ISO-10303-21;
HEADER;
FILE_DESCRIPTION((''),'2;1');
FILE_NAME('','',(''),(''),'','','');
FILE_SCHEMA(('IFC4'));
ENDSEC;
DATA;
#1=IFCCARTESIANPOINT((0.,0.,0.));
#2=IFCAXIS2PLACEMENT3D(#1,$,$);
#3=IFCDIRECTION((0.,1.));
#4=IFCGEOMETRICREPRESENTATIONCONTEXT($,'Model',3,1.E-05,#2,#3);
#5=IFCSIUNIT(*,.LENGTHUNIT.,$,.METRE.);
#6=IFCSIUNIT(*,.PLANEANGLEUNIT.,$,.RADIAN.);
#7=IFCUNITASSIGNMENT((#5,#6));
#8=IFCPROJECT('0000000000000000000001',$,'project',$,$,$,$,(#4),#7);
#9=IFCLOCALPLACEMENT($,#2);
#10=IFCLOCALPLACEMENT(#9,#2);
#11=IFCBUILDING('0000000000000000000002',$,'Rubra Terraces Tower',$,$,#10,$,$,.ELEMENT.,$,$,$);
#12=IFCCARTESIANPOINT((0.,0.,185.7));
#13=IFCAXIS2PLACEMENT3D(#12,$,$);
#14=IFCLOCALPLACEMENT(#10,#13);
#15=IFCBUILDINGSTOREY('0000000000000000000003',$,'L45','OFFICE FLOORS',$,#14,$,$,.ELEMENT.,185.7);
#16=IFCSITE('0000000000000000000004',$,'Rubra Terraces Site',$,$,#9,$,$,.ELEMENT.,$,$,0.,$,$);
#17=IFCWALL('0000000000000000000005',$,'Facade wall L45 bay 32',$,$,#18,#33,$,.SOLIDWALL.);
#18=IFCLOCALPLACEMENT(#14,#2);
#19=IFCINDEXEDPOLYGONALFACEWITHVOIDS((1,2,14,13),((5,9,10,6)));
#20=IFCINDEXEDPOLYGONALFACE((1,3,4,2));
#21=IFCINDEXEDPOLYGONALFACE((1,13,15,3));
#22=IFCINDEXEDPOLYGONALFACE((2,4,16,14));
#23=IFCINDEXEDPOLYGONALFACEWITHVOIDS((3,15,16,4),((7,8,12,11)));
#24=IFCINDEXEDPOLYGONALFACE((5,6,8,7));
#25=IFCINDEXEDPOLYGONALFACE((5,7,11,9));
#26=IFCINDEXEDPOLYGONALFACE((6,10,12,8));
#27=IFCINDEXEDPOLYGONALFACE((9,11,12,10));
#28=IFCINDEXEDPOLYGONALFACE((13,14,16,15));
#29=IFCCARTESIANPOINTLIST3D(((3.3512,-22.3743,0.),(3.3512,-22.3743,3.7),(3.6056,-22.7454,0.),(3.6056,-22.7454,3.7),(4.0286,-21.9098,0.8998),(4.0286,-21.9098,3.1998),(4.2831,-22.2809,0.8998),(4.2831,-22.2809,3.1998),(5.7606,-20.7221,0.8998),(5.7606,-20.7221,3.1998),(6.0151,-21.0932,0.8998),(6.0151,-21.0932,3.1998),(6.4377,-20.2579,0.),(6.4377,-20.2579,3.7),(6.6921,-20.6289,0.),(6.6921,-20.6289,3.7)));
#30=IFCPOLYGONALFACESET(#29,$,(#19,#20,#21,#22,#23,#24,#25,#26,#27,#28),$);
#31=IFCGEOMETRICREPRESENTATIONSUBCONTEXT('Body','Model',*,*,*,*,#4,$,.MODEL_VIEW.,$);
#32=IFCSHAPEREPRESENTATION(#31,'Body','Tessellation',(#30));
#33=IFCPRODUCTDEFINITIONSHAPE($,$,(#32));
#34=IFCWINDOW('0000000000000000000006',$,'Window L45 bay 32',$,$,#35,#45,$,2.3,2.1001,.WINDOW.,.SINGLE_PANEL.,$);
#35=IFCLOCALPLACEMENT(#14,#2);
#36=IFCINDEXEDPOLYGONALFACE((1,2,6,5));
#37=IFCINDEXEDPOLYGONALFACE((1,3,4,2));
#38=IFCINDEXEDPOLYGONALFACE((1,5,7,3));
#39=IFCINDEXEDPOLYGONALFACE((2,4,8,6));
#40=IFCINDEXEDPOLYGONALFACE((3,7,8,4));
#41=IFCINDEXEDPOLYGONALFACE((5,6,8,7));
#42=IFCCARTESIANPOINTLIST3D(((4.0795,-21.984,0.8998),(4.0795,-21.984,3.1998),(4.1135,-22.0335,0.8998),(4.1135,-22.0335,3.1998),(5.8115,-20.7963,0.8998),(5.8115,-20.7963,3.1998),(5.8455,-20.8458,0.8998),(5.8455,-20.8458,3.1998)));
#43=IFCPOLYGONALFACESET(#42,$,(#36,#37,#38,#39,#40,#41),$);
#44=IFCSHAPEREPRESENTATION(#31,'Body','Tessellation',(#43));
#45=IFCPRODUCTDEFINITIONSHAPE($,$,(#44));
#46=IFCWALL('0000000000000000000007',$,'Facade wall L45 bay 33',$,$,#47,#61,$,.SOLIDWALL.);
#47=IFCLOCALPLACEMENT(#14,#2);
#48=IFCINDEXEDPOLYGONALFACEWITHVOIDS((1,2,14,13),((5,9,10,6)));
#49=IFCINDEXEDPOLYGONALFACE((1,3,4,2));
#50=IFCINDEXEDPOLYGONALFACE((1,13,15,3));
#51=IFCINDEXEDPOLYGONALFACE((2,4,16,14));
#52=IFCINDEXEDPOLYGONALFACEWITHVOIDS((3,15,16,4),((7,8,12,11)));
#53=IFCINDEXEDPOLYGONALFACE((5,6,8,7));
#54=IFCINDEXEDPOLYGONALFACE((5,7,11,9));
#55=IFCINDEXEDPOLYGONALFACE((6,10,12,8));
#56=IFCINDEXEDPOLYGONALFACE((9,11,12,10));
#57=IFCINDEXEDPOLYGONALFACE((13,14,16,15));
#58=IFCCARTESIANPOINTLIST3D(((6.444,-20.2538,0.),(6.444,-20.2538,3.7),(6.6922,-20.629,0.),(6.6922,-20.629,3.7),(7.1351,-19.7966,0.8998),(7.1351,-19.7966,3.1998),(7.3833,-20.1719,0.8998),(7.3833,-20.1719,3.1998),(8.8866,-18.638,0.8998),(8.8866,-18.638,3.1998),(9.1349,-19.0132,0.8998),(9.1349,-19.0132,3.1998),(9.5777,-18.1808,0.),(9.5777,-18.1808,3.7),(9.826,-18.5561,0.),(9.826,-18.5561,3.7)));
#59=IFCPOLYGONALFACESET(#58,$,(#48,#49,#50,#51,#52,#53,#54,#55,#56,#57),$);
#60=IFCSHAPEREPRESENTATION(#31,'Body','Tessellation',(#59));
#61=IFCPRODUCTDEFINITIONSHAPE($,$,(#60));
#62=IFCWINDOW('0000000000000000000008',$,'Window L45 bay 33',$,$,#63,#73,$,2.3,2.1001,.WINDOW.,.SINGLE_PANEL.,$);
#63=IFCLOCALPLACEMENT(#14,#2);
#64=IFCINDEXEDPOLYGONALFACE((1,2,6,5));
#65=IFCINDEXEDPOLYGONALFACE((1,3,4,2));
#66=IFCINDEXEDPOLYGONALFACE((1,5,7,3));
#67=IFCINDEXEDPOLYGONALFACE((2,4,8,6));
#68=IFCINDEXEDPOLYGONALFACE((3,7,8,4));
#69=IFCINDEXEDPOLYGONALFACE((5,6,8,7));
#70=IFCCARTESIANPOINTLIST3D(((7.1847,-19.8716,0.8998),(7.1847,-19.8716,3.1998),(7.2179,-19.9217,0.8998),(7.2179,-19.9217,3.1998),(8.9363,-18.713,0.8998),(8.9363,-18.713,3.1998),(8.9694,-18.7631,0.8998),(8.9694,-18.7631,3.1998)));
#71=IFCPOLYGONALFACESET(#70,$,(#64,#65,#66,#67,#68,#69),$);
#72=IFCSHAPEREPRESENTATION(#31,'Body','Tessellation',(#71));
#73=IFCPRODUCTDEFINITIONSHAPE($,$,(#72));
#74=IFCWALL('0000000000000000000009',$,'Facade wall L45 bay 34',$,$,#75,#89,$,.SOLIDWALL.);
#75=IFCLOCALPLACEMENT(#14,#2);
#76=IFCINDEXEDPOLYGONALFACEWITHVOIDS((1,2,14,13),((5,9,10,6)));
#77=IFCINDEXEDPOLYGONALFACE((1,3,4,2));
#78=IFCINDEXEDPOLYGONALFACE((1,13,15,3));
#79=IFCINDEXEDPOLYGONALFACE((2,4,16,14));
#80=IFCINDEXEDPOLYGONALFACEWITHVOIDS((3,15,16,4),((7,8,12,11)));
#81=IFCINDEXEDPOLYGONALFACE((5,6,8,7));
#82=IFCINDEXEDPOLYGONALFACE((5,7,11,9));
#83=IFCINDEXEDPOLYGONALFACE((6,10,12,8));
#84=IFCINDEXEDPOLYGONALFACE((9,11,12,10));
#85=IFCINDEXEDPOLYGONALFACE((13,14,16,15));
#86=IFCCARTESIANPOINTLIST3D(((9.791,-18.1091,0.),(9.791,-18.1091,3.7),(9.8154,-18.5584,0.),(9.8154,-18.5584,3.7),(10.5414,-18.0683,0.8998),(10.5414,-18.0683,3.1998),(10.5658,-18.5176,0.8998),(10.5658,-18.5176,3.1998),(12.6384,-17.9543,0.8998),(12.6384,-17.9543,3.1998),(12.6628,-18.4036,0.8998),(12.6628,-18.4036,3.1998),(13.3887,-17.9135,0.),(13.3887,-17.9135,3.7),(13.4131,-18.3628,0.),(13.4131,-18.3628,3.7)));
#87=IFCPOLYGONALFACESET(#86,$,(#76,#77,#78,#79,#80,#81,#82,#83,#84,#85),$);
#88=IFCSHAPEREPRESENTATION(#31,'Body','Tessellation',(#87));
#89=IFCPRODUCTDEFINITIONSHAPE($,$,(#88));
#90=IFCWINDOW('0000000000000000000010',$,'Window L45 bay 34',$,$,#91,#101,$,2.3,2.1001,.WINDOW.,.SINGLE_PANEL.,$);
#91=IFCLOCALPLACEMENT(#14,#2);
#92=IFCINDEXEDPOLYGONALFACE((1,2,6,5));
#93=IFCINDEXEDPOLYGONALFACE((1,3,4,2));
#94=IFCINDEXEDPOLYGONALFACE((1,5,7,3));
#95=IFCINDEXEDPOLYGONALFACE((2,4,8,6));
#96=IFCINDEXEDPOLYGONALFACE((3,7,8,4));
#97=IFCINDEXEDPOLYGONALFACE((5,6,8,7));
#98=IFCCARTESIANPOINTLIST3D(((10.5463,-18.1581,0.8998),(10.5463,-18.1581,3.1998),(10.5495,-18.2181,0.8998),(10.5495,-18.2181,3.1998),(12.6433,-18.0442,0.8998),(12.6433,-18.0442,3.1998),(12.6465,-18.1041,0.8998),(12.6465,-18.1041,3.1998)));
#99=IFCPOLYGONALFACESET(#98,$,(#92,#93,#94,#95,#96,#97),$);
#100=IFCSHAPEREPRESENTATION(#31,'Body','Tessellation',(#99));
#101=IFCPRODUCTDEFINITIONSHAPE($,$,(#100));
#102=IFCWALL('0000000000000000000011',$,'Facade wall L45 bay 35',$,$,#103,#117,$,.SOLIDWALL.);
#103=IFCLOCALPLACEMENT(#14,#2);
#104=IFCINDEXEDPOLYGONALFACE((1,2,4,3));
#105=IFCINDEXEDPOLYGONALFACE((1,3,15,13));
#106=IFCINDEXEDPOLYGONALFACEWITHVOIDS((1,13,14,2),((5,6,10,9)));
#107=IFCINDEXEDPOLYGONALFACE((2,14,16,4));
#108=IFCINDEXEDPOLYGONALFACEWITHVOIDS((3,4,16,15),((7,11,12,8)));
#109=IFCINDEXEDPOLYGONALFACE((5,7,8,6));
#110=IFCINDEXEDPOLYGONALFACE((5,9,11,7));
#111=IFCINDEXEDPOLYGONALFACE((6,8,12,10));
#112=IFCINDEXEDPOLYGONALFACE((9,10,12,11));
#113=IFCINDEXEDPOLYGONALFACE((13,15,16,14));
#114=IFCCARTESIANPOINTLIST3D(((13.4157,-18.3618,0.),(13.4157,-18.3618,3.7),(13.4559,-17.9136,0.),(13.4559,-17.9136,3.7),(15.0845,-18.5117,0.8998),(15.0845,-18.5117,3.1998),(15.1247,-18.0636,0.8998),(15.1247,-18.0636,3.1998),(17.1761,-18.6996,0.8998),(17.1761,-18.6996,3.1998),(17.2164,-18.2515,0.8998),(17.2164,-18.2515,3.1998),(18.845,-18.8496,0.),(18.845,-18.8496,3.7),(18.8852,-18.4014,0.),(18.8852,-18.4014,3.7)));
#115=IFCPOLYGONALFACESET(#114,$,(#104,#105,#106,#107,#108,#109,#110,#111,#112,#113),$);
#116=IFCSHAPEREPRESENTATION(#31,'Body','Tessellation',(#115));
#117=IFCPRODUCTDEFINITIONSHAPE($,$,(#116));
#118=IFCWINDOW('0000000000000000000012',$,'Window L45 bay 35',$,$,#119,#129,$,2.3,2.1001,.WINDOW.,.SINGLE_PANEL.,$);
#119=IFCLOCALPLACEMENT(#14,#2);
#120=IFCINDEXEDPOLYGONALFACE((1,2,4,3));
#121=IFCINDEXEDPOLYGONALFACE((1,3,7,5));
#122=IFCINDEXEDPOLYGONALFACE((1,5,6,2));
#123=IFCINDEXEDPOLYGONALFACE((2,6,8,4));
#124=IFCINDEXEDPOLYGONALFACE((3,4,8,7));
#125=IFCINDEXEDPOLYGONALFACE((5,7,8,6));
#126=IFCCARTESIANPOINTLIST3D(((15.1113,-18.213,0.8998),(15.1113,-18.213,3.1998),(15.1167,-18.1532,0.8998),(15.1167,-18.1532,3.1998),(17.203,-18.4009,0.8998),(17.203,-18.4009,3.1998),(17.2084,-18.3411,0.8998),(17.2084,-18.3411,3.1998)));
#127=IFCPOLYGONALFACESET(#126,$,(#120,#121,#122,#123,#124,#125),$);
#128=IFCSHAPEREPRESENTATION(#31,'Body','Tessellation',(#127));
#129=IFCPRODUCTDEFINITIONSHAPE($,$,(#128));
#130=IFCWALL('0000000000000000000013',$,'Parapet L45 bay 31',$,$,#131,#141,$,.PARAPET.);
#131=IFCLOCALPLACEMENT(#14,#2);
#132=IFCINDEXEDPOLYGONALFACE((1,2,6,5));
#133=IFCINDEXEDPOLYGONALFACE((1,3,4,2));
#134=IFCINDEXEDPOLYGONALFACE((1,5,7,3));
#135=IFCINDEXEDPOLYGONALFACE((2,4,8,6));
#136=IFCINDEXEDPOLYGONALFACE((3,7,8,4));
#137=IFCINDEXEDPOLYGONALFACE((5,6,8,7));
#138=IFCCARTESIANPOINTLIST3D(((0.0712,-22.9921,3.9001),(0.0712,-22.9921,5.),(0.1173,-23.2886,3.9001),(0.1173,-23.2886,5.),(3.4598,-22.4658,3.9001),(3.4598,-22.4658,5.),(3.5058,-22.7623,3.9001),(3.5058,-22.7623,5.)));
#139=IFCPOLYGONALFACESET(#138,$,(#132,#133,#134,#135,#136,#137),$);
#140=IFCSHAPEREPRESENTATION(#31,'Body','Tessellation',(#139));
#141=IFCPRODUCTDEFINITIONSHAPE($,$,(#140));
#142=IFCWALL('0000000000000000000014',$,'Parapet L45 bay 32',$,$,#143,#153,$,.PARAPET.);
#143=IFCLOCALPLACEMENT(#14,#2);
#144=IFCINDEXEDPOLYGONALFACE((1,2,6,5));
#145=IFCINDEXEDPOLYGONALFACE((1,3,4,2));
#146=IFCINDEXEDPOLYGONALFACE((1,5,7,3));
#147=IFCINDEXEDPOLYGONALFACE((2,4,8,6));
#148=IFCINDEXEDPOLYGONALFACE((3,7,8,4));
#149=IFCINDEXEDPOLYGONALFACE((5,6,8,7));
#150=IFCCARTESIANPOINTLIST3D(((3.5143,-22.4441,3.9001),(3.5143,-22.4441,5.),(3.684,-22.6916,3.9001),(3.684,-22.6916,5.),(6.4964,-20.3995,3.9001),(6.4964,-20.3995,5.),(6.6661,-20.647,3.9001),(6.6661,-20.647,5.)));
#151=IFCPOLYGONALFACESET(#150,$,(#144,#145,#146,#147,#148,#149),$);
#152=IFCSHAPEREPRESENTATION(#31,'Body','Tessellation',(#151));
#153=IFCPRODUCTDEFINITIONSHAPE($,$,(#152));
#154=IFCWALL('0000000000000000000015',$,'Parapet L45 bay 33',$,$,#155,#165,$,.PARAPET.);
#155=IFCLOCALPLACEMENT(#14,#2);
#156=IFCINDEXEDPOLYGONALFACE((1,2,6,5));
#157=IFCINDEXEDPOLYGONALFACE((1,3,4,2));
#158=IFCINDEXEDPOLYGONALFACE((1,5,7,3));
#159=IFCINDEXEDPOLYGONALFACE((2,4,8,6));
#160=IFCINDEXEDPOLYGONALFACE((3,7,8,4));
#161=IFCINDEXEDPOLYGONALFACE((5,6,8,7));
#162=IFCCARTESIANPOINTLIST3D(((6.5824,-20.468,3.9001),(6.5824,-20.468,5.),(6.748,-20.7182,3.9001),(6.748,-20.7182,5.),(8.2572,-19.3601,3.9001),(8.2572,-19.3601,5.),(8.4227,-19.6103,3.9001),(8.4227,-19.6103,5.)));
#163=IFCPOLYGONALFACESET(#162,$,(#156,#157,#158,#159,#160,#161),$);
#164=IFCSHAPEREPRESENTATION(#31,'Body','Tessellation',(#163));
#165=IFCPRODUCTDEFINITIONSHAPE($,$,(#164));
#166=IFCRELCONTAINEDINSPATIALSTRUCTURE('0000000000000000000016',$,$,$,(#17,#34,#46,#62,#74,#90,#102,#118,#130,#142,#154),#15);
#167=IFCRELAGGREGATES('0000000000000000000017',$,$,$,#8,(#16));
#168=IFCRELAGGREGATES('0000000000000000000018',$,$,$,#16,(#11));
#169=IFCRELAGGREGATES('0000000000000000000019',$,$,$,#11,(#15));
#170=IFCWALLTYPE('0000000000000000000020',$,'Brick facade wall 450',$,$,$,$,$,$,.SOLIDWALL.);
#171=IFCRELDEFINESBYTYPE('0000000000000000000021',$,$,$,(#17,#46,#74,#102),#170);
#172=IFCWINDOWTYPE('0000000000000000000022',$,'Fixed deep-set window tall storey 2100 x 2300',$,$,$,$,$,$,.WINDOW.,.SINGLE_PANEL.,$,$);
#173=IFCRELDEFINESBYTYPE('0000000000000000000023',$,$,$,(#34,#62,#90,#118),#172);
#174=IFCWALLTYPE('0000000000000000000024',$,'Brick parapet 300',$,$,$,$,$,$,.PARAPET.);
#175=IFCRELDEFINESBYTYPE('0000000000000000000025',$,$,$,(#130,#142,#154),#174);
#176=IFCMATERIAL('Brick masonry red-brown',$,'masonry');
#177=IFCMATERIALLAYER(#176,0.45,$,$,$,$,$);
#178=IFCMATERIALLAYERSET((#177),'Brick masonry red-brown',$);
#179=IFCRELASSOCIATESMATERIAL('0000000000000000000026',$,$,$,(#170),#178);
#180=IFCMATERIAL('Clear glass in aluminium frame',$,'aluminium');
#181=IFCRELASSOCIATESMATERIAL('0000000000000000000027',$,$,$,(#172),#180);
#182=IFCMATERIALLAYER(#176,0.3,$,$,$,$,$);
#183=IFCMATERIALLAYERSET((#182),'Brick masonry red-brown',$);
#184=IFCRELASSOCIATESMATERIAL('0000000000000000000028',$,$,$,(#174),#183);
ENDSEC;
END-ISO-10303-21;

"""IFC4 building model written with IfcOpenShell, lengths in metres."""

from ifc_helpers import new_model, si_unit, direction, frame, frame_2d, origin, place, context, subcontext, project, spatial, rectangle, extrude, material, layer, layer_set, type_object, element, fill, save


model = new_model("IFC4")

# Units and contexts
model_context = context("Model", 3, precision=1e-05, world=origin(), true_north=direction((0.0, 1.0)))
body_context = subcontext(model_context, "Body", "Model", "MODEL_VIEW")
ifc_project = project(units=[si_unit("LENGTHUNIT", "METRE"), si_unit("PLANEANGLEUNIT", "RADIAN")], contexts=[model_context])

# Site, building, storey
site_placement = place(None, origin())
site = spatial("IfcSite", under=ifc_project, at=site_placement, Name="Rubra Terraces Site", CompositionType="ELEMENT", RefElevation=0.0)
building_placement = place(site_placement, origin())
building = spatial("IfcBuilding", under=site, at=building_placement, Name="Rubra Terraces Tower", CompositionType="ELEMENT")
storey_placement = place(building_placement, frame((0.0, 0.0, 185.7)))
storey = spatial("IfcBuildingStorey", under=building, at=storey_placement, Name="L45", Description="OFFICE FLOORS", CompositionType="ELEMENT", Elevation=185.7)

# Walls, openings, windows
ifc_material_1 = material(Name="Brick masonry red-brown", Category="masonry")
ifc_layer_1 = layer(ifc_material_1, 0.45)
ifc_layer_set_1 = layer_set([ifc_layer_1], Name="Brick masonry red-brown")
wall_type_1 = type_object("IfcWallType", Name="Brick facade wall 450", PredefinedType="SOLIDWALL", material=ifc_layer_set_1)
wall_1_placement = place(storey_placement, frame((3.4785, -22.5598, 0.0), z_axis=(0.0, 0.0, 1.0), x_axis=(0.824723, 0.565537, 0.0)))
wall_1 = element("IfcWall", 1, at=wall_1_placement, inside=storey, type_object=wall_type_1, Name="Facade wall L45 bay 32", PredefinedType="SOLIDWALL", context=body_context, shape_type="SweptSolid", body=[
    extrude(rectangle(XDim=3.7424, YDim=0.45, at=frame_2d((1.8711, 0.0))), origin(), (0.0, 0.0, 1.0), 3.7),
])
opening_1_placement = place(wall_1_placement, frame((0.8213, 0.0, 0.8999)))
opening_1 = element("IfcOpeningElement", 2, at=opening_1_placement, cuts=wall_1, PredefinedType="OPENING", context=body_context, shape_type="SweptSolid", body=[
    extrude(rectangle(XDim=2.1001, YDim=2.3, at=frame_2d((1.05, 1.1499))), frame((0.0, 0.2349, 0.0), z_axis=(0.0, -1.0, 0.0), x_axis=(1.0, 0.0, 0.0)), (0.0, 0.0, 1.0), 0.47),
])
ifc_material_2 = material(Name="Clear glass in aluminium frame", Category="aluminium")
window_type = type_object("IfcWindowType", Name="Fixed deep-set window tall storey 2100 x 2300", PartitioningType="SINGLE_PANEL", PredefinedType="WINDOW", material=ifc_material_2)
window_1_placement = place(opening_1_placement, origin())
window_1 = element("IfcWindow", 3, at=window_1_placement, inside=storey, type_object=window_type, Name="Window L45 bay 32", OverallHeight=2.3, OverallWidth=2.1001, PartitioningType="SINGLE_PANEL", PredefinedType="WINDOW", context=body_context, shape_type="SweptSolid", body=[
    extrude(rectangle(XDim=2.1001, YDim=2.3, at=frame_2d((1.05, 1.1499))), frame((0.0, 0.135, 0.0), z_axis=(0.0, -1.0, 0.0), x_axis=(1.0, 0.0, 0.0)), (0.0, 0.0, 1.0), 0.0601),
])
fill(opening_1, window_1)
wall_2_placement = place(storey_placement, frame((6.5681, -20.4414, 0.0), z_axis=(0.0, 0.0, 1.0), x_axis=(0.834034, 0.551713, 0.0)))
wall_2 = element("IfcWall", 4, at=wall_2_placement, inside=storey, type_object=wall_type_1, Name="Facade wall L45 bay 33", PredefinedType="SOLIDWALL", context=body_context, shape_type="SweptSolid", body=[
    extrude(rectangle(XDim=3.7573, YDim=0.45, at=frame_2d((1.8787, 0.0))), origin(), (0.0, 0.0, 1.0), 3.7),
])
opening_2_placement = place(wall_2_placement, frame((0.8286, 0.0, 0.8999)))
opening_2 = element("IfcOpeningElement", 5, at=opening_2_placement, cuts=wall_2, PredefinedType="OPENING", context=body_context, shape_type="SweptSolid", body=[
    extrude(rectangle(XDim=2.1001, YDim=2.3, at=frame_2d((1.05, 1.1499))), frame((0.0, 0.2349, 0.0), z_axis=(0.0, -1.0, 0.0), x_axis=(1.0, 0.0, 0.0)), (0.0, 0.0, 1.0), 0.47),
])
window_2_placement = place(opening_2_placement, origin())
window_2 = element("IfcWindow", 6, at=window_2_placement, inside=storey, type_object=window_type, Name="Window L45 bay 33", OverallHeight=2.3, OverallWidth=2.1001, PartitioningType="SINGLE_PANEL", PredefinedType="WINDOW", context=body_context, shape_type="SweptSolid", body=[
    extrude(rectangle(XDim=2.1001, YDim=2.3, at=frame_2d((1.05, 1.1499))), frame((0.0, 0.135, 0.0), z_axis=(0.0, -1.0, 0.0), x_axis=(1.0, 0.0, 0.0)), (0.0, 0.0, 1.0), 0.0601),
])
fill(opening_2, window_2)
wall_3_placement = place(storey_placement, frame((9.8032, -18.3337, 0.0), z_axis=(0.0, 0.0, 1.0), x_axis=(0.998526, 0.054277, 0.0)))
wall_3 = element("IfcWall", 7, at=wall_3_placement, inside=storey, type_object=wall_type_1, Name="Facade wall L45 bay 34", PredefinedType="SOLIDWALL", context=body_context, shape_type="SweptSolid", body=[
    extrude(rectangle(XDim=3.603, YDim=0.45, at=frame_2d((1.8015, 0.0))), origin(), (0.0, 0.0, 1.0), 3.7),
])
opening_3_placement = place(wall_3_placement, frame((0.7515, 0.0, 0.8999)))
opening_3 = element("IfcOpeningElement", 8, at=opening_3_placement, cuts=wall_3, PredefinedType="OPENING", context=body_context, shape_type="SweptSolid", body=[
    extrude(rectangle(XDim=2.1001, YDim=2.3, at=frame_2d((1.05, 1.1499))), frame((0.0, 0.2349, 0.0), z_axis=(0.0, -1.0, 0.0), x_axis=(1.0, 0.0, 0.0)), (0.0, 0.0, 1.0), 0.47),
])
window_3_placement = place(opening_3_placement, origin())
window_3 = element("IfcWindow", 9, at=window_3_placement, inside=storey, type_object=window_type, Name="Window L45 bay 34", OverallHeight=2.3, OverallWidth=2.1001, PartitioningType="SINGLE_PANEL", PredefinedType="WINDOW", context=body_context, shape_type="SweptSolid", body=[
    extrude(rectangle(XDim=2.1001, YDim=2.3, at=frame_2d((1.05, 1.1499))), frame((0.0, 0.135, 0.0), z_axis=(0.0, -1.0, 0.0), x_axis=(1.0, 0.0, 0.0)), (0.0, 0.0, 1.0), 0.0601),
])
fill(opening_3, window_3)
wall_4_placement = place(storey_placement, frame((13.4358, -18.1377, 0.0), z_axis=(0.0, 0.0, 1.0), x_axis=(0.995988, -0.089486, 0.0)))
wall_4 = element("IfcWall", 10, at=wall_4_placement, inside=storey, type_object=wall_type_1, Name="Facade wall L45 bay 35", PredefinedType="SOLIDWALL", context=body_context, shape_type="SweptSolid", body=[
    extrude(rectangle(XDim=5.4512, YDim=0.45, at=frame_2d((2.7256, 0.0))), origin(), (0.0, 0.0, 1.0), 3.7),
])
opening_4_placement = place(wall_4_placement, frame((1.6755, 0.0, 0.8999)))
opening_4 = element("IfcOpeningElement", 11, at=opening_4_placement, cuts=wall_4, PredefinedType="OPENING", context=body_context, shape_type="SweptSolid", body=[
    extrude(rectangle(XDim=2.1001, YDim=2.3, at=frame_2d((1.05, 1.1499))), frame((0.0, 0.2349, 0.0), z_axis=(0.0, -1.0, 0.0), x_axis=(1.0, 0.0, 0.0)), (0.0, 0.0, 1.0), 0.47),
])
window_4_placement = place(opening_4_placement, origin())
window_4 = element("IfcWindow", 12, at=window_4_placement, inside=storey, type_object=window_type, Name="Window L45 bay 35", OverallHeight=2.3, OverallWidth=2.1001, PartitioningType="SINGLE_PANEL", PredefinedType="WINDOW", context=body_context, shape_type="SweptSolid", body=[
    extrude(rectangle(XDim=2.1001, YDim=2.3, at=frame_2d((1.05, 1.1499))), frame((0.0, 0.135, 0.0), z_axis=(0.0, -1.0, 0.0), x_axis=(1.0, 0.0, 0.0)), (0.0, 0.0, 1.0), 0.0601),
])
fill(opening_4, window_4)

# Walls
ifc_layer_2 = layer(ifc_material_1, 0.3)
ifc_layer_set_2 = layer_set([ifc_layer_2], Name="Brick masonry red-brown")
wall_type_2 = type_object("IfcWallType", Name="Brick parapet 300", PredefinedType="PARAPET", material=ifc_layer_set_2)
wall_5_placement = place(storey_placement, frame((0.0942, -23.1404, 3.9001), z_axis=(0.0, 0.0, 1.0), x_axis=(0.98815, 0.153491, 0.0)))
element("IfcWall", 13, at=wall_5_placement, inside=storey, type_object=wall_type_2, Name="Parapet L45 bay 31", PredefinedType="PARAPET", context=body_context, shape_type="SweptSolid", body=[
    extrude(rectangle(XDim=3.4292, YDim=0.3, at=frame_2d((1.7146, 0.0))), origin(), (0.0, 0.0, 1.0), 1.0999),
])
wall_6_placement = place(storey_placement, frame((3.5991, -22.5679, 3.9001), z_axis=(0.0, 0.0, 1.0), x_axis=(0.82476, 0.565482, 0.0)))
element("IfcWall", 14, at=wall_6_placement, inside=storey, type_object=wall_type_2, Name="Parapet L45 bay 32", PredefinedType="PARAPET", context=body_context, shape_type="SweptSolid", body=[
    extrude(rectangle(XDim=3.6157, YDim=0.3, at=frame_2d((1.8079, 0.0))), origin(), (0.0, 0.0, 1.0), 1.0999),
])
wall_7_placement = place(storey_placement, frame((6.6653, -20.593, 3.9001), z_axis=(0.0, 0.0, 1.0), x_axis=(0.834028, 0.551723, 0.0)))
element("IfcWall", 15, at=wall_7_placement, inside=storey, type_object=wall_type_2, Name="Parapet L45 bay 33", PredefinedType="PARAPET", context=body_context, shape_type="SweptSolid", body=[
    extrude(rectangle(XDim=2.0081, YDim=0.3, at=frame_2d((1.0039, 0.0))), origin(), (0.0, 0.0, 1.0), 1.0999),
])

save(model, "model.ifc")
